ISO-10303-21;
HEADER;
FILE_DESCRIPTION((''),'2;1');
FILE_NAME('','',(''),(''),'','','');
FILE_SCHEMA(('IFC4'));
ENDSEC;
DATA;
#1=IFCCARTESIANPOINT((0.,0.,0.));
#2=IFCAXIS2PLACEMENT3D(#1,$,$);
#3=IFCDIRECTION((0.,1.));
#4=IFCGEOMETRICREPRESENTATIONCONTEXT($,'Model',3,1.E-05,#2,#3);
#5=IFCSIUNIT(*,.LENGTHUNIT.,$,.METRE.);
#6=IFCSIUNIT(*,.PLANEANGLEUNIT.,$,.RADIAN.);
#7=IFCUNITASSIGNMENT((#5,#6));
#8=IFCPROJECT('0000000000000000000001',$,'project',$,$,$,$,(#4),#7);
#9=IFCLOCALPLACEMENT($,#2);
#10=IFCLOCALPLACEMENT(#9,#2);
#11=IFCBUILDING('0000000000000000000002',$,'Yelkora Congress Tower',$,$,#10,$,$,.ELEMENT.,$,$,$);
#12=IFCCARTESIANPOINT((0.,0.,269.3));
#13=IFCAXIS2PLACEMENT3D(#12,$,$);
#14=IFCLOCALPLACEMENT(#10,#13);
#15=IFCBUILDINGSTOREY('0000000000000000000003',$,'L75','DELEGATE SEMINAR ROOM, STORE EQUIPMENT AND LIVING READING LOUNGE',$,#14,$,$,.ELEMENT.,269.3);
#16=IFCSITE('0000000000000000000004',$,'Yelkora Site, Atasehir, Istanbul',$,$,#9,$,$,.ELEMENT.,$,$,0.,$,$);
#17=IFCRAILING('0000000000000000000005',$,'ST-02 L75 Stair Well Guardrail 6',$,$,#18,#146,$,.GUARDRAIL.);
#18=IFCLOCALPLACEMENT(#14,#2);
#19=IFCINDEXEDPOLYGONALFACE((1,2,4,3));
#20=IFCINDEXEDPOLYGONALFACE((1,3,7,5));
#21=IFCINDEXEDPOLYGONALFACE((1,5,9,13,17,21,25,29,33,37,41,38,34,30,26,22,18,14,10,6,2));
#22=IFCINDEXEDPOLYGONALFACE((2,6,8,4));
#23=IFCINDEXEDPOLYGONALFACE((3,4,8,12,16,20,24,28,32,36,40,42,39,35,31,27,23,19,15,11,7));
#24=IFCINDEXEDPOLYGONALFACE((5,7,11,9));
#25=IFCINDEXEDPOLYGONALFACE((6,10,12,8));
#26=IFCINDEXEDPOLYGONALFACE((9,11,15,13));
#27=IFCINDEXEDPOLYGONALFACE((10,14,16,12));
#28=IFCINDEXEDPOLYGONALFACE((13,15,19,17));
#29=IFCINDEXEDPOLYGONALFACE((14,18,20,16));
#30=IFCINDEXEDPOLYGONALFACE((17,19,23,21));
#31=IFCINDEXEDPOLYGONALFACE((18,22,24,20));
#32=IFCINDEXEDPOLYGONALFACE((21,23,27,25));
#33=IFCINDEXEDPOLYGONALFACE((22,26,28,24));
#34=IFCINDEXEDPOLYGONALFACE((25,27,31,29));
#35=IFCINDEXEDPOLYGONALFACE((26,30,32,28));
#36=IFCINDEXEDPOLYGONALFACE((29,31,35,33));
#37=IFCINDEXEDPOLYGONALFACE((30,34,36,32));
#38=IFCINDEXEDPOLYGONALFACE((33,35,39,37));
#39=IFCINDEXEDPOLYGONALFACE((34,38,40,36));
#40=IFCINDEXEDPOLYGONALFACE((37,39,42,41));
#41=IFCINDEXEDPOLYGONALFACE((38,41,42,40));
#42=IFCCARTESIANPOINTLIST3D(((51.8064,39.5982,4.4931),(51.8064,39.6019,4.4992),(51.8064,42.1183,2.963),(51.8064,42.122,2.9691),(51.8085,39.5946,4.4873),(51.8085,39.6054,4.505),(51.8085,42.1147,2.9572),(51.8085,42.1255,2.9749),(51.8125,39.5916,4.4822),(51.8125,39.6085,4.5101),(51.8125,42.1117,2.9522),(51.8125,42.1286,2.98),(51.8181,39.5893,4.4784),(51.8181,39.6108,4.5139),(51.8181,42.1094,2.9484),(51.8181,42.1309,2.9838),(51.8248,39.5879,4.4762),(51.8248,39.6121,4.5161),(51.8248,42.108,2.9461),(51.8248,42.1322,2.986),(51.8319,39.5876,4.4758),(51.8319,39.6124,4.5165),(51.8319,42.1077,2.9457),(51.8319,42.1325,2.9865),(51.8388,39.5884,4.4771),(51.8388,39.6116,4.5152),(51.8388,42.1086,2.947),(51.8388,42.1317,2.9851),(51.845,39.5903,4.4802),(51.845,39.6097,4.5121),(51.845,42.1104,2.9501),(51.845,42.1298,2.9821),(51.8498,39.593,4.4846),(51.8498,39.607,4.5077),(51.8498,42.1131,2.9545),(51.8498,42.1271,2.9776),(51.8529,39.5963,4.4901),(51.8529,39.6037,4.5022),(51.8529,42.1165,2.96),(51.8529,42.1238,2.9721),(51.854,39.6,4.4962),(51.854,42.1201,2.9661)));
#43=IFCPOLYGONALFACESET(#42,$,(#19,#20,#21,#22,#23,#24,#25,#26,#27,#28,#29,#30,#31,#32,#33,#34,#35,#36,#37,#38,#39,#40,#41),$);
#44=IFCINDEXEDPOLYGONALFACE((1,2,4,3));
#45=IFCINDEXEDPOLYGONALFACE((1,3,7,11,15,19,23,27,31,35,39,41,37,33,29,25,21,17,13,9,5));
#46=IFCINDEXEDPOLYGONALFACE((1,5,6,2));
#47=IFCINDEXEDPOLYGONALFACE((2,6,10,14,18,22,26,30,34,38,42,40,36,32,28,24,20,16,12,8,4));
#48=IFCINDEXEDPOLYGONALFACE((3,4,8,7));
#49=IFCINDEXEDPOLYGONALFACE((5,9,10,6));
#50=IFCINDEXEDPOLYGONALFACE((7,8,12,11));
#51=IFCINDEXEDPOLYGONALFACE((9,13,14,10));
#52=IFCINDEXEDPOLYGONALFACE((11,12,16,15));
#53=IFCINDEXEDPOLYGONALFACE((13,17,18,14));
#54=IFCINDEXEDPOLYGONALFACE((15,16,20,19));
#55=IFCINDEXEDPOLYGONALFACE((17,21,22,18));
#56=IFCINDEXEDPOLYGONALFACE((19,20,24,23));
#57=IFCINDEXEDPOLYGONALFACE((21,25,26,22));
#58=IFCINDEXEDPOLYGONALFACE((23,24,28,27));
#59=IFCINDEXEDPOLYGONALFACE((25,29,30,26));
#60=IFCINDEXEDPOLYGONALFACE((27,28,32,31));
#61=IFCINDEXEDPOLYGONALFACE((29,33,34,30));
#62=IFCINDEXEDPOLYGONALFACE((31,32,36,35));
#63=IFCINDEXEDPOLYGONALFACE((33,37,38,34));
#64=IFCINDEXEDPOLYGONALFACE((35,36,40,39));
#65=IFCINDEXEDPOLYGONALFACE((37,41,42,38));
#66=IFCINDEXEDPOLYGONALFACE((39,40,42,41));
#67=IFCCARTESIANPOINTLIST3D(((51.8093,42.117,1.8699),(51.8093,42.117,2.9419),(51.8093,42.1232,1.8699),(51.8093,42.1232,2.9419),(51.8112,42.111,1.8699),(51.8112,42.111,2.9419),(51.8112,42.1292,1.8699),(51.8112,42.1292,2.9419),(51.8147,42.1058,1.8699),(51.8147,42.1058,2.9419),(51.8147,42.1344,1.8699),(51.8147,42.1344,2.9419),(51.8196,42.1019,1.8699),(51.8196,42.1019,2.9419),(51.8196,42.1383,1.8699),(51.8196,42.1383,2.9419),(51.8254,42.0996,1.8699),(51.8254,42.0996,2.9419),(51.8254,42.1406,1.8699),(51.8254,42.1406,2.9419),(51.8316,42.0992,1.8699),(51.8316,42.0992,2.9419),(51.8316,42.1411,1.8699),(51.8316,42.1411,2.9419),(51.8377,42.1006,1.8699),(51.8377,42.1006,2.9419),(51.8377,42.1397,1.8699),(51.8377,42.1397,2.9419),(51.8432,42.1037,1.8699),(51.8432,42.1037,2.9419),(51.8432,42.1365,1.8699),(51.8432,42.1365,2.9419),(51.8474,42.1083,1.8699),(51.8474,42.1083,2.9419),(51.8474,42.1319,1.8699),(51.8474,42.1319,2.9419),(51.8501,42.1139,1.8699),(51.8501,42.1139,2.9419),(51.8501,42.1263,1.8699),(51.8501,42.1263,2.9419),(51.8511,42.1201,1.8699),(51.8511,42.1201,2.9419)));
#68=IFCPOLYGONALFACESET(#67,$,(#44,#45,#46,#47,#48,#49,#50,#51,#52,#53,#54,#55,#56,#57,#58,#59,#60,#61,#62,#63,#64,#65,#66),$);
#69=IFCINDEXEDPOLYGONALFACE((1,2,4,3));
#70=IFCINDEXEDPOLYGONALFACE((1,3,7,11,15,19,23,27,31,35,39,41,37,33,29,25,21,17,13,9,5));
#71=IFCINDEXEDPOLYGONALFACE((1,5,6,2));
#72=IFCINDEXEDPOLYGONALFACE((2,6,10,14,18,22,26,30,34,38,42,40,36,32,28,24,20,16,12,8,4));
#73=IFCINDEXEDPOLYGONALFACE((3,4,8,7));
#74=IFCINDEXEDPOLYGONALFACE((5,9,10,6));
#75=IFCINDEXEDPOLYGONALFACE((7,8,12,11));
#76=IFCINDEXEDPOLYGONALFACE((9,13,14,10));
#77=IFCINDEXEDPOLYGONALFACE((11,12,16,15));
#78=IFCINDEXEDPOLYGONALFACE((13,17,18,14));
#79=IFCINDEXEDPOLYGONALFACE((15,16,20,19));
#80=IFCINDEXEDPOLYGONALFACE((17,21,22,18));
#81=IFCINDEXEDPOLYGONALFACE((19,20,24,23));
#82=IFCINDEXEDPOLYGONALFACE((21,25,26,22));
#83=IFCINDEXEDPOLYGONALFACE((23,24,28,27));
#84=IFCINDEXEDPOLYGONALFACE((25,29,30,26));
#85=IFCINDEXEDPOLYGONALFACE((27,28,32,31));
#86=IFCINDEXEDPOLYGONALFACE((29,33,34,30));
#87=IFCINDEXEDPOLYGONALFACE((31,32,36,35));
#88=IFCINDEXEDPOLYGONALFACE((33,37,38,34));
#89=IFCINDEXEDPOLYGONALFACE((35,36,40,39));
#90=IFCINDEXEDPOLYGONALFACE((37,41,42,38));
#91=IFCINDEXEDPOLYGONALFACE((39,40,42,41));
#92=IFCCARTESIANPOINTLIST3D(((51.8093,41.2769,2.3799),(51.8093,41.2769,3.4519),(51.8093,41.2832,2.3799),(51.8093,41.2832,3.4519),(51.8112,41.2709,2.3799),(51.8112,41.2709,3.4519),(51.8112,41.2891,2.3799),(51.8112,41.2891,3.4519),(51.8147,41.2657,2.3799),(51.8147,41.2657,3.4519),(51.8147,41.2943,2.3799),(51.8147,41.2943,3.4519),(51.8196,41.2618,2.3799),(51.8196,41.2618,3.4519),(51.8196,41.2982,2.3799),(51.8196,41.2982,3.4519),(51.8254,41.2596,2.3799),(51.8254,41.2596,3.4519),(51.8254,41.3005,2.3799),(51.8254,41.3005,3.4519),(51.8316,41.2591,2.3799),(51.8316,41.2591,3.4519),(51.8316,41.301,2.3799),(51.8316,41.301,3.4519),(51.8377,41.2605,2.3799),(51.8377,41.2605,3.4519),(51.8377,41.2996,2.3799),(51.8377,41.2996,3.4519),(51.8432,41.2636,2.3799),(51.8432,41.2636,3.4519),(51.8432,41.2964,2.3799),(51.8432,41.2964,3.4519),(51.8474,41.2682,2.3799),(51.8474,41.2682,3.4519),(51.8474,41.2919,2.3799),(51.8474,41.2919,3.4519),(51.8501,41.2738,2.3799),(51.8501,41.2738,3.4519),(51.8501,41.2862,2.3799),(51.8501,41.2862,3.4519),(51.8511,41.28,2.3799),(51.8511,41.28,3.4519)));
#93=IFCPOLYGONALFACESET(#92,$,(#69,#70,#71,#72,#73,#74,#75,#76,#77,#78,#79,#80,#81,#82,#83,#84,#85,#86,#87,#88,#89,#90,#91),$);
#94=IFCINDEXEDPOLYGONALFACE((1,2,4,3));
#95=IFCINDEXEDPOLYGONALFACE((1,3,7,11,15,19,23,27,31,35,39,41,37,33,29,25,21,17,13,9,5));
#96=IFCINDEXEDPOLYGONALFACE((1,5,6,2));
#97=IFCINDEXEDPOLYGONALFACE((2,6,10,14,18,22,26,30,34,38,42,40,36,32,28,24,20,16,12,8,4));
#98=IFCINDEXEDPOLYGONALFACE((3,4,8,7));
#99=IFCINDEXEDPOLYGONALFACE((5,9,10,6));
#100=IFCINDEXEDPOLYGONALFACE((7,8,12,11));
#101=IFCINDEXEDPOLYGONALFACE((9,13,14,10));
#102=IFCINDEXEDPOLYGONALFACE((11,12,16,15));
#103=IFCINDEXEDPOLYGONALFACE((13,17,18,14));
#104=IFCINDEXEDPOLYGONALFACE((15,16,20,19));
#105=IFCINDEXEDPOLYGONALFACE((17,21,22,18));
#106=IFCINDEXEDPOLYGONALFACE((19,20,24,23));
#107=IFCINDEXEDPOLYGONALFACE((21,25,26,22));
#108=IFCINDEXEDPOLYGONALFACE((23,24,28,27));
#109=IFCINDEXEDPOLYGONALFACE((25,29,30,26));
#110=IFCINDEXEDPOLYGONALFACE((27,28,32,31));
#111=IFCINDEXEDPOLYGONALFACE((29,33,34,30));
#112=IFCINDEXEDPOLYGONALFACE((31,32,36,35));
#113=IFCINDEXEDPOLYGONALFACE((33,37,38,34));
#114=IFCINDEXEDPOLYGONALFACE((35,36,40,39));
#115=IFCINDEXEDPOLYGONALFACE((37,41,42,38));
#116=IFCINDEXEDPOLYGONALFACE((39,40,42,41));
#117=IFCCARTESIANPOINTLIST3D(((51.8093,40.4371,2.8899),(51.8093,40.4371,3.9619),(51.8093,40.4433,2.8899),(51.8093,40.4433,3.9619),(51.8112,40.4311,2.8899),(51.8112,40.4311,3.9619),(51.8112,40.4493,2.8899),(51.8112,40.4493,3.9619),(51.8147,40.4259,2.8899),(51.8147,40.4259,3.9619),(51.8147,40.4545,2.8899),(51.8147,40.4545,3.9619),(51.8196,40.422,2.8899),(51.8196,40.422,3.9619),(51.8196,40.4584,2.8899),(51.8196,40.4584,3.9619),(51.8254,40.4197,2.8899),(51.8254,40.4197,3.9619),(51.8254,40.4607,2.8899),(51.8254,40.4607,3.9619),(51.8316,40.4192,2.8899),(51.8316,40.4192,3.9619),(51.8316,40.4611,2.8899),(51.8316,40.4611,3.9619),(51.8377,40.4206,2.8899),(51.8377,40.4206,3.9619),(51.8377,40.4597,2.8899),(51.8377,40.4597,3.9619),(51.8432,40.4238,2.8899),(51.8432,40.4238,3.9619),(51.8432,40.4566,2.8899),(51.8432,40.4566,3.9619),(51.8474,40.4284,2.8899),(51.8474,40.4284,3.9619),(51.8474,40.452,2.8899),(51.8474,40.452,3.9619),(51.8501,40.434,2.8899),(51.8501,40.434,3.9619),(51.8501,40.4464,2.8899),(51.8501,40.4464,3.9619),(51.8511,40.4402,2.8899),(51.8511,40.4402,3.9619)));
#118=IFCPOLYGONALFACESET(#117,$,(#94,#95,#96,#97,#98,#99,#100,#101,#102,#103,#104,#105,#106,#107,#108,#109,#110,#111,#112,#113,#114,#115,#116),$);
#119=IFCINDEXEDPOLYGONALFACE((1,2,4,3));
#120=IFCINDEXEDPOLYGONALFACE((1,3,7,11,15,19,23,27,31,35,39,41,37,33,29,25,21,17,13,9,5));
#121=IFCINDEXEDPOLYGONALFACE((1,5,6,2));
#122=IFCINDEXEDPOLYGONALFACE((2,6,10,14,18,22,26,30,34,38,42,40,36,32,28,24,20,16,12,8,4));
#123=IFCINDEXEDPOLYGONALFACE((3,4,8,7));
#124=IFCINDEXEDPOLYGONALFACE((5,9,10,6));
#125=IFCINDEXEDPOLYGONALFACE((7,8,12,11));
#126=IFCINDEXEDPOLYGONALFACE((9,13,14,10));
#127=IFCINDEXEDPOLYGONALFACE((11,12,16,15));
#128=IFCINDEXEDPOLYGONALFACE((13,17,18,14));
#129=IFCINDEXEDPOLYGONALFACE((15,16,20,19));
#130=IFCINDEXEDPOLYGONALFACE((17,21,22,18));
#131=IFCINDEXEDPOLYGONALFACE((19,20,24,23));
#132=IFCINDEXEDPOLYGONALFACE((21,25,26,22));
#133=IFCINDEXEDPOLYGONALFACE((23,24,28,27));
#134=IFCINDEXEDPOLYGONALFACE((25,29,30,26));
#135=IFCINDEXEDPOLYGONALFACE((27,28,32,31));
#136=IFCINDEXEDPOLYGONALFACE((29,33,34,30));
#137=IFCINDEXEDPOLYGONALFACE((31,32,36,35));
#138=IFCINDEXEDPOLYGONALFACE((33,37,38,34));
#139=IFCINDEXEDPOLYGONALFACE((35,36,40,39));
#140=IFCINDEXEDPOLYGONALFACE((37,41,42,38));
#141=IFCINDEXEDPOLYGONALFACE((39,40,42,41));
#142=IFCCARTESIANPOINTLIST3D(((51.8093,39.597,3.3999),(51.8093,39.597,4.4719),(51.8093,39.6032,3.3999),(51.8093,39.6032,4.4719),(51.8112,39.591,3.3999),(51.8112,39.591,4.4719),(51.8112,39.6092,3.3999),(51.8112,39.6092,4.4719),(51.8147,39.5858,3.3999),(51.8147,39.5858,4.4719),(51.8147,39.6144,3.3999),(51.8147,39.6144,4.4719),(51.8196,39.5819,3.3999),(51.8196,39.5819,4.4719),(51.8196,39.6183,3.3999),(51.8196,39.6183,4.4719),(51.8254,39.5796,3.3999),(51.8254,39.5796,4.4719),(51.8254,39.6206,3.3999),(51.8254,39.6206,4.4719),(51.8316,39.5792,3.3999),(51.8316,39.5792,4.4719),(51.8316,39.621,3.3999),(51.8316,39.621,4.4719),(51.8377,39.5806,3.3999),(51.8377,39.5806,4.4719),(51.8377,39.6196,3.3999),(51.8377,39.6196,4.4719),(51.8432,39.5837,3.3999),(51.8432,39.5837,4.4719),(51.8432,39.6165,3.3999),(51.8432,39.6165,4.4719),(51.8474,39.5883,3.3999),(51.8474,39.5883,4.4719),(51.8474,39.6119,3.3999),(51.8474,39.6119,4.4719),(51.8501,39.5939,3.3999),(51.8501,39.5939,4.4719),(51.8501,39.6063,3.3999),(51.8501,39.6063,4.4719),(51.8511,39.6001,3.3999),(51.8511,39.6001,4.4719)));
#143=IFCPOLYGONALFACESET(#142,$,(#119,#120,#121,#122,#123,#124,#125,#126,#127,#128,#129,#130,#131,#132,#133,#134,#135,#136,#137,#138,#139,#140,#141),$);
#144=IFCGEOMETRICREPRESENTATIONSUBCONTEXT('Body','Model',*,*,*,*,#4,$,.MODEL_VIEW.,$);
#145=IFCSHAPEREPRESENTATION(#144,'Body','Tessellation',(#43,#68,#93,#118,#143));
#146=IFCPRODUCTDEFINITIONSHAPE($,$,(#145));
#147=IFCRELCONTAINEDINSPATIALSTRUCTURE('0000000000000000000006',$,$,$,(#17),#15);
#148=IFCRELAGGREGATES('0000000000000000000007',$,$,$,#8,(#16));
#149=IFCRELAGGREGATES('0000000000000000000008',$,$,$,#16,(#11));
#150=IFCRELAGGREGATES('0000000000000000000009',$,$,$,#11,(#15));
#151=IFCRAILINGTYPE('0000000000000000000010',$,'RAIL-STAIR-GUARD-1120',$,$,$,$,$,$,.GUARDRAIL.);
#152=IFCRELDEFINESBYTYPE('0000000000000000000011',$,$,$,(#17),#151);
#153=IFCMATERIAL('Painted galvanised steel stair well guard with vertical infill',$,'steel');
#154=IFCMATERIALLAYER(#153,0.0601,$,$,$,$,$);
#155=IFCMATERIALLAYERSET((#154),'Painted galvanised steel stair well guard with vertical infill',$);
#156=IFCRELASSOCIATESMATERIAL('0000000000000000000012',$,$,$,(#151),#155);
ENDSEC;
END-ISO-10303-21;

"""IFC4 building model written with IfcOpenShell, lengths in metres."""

from ifc_helpers import new_model, si_unit, direction, frame, origin, origin_2d, place, context, subcontext, project, spatial, circle, extrude, material, layer, layer_set, type_object, element, save


model = new_model("IFC4")

# Units and contexts
model_context = context("Model", 3, precision=1e-05, world=origin(), true_north=direction((0.0, 1.0)))
body_context = subcontext(model_context, "Body", "Model", "MODEL_VIEW")
ifc_project = project(units=[si_unit("LENGTHUNIT", "METRE"), si_unit("PLANEANGLEUNIT", "RADIAN")], contexts=[model_context])

# Site, building, storey
site_placement = place(None, origin())
site = spatial("IfcSite", under=ifc_project, at=site_placement, Name="Yelkora Site, Atasehir, Istanbul", CompositionType="ELEMENT", RefElevation=0.0)
building_placement = place(site_placement, origin())
building = spatial("IfcBuilding", under=site, at=building_placement, Name="Yelkora Congress Tower", CompositionType="ELEMENT")
storey_placement = place(building_placement, frame((0.0, 0.0, 269.3)))
storey = spatial("IfcBuildingStorey", under=building, at=storey_placement, Name="L75", Description="DELEGATE SEMINAR ROOM, STORE EQUIPMENT AND LIVING READING LOUNGE", CompositionType="ELEMENT", Elevation=269.3)

# Railing
ifc_material_1 = material(Name="Painted galvanised steel stair well guard with vertical infill", Category="steel")
ifc_layer_1 = layer(ifc_material_1, 0.0601)
ifc_layer_set_1 = layer_set([ifc_layer_1], Name="Painted galvanised steel stair well guard with vertical infill")
railing_type_1 = type_object("IfcRailingType", Name="RAIL-STAIR-GUARD-1120", PredefinedType="GUARDRAIL", material=ifc_layer_set_1)
railing_1_placement = place(storey_placement, frame((51.8301, 42.1201, 1.8699)))
element("IfcRailing", 1, at=railing_1_placement, inside=storey, type_object=railing_type_1, Name="ST-02 L75 Stair Well Guardrail 6", PredefinedType="GUARDRAIL", context=body_context, shape_type="SweptSolid", body=[
    extrude(circle(Radius=0.0239, at=origin_2d()), frame((0.0, 0.0, 1.0962), z_axis=(0.0, -0.854785, 0.518982), x_axis=(1.0, 0.0, 0.0)), (0.0, 0.0, 1.0), 2.9482),
    extrude(circle(Radius=0.021, at=origin_2d()), origin(), (0.0, 0.0, 1.0), 1.072),
    extrude(circle(Radius=0.021, at=origin_2d()), frame((0.0, -0.8401, 0.51)), (0.0, 0.0, 1.0), 1.072),
    extrude(circle(Radius=0.021, at=origin_2d()), frame((0.0, -1.6799, 1.02)), (0.0, 0.0, 1.0), 1.072),
    extrude(circle(Radius=0.021, at=origin_2d()), frame((0.0, -2.52, 1.53)), (0.0, 0.0, 1.0), 1.072),
])

save(model, "model.ifc")
